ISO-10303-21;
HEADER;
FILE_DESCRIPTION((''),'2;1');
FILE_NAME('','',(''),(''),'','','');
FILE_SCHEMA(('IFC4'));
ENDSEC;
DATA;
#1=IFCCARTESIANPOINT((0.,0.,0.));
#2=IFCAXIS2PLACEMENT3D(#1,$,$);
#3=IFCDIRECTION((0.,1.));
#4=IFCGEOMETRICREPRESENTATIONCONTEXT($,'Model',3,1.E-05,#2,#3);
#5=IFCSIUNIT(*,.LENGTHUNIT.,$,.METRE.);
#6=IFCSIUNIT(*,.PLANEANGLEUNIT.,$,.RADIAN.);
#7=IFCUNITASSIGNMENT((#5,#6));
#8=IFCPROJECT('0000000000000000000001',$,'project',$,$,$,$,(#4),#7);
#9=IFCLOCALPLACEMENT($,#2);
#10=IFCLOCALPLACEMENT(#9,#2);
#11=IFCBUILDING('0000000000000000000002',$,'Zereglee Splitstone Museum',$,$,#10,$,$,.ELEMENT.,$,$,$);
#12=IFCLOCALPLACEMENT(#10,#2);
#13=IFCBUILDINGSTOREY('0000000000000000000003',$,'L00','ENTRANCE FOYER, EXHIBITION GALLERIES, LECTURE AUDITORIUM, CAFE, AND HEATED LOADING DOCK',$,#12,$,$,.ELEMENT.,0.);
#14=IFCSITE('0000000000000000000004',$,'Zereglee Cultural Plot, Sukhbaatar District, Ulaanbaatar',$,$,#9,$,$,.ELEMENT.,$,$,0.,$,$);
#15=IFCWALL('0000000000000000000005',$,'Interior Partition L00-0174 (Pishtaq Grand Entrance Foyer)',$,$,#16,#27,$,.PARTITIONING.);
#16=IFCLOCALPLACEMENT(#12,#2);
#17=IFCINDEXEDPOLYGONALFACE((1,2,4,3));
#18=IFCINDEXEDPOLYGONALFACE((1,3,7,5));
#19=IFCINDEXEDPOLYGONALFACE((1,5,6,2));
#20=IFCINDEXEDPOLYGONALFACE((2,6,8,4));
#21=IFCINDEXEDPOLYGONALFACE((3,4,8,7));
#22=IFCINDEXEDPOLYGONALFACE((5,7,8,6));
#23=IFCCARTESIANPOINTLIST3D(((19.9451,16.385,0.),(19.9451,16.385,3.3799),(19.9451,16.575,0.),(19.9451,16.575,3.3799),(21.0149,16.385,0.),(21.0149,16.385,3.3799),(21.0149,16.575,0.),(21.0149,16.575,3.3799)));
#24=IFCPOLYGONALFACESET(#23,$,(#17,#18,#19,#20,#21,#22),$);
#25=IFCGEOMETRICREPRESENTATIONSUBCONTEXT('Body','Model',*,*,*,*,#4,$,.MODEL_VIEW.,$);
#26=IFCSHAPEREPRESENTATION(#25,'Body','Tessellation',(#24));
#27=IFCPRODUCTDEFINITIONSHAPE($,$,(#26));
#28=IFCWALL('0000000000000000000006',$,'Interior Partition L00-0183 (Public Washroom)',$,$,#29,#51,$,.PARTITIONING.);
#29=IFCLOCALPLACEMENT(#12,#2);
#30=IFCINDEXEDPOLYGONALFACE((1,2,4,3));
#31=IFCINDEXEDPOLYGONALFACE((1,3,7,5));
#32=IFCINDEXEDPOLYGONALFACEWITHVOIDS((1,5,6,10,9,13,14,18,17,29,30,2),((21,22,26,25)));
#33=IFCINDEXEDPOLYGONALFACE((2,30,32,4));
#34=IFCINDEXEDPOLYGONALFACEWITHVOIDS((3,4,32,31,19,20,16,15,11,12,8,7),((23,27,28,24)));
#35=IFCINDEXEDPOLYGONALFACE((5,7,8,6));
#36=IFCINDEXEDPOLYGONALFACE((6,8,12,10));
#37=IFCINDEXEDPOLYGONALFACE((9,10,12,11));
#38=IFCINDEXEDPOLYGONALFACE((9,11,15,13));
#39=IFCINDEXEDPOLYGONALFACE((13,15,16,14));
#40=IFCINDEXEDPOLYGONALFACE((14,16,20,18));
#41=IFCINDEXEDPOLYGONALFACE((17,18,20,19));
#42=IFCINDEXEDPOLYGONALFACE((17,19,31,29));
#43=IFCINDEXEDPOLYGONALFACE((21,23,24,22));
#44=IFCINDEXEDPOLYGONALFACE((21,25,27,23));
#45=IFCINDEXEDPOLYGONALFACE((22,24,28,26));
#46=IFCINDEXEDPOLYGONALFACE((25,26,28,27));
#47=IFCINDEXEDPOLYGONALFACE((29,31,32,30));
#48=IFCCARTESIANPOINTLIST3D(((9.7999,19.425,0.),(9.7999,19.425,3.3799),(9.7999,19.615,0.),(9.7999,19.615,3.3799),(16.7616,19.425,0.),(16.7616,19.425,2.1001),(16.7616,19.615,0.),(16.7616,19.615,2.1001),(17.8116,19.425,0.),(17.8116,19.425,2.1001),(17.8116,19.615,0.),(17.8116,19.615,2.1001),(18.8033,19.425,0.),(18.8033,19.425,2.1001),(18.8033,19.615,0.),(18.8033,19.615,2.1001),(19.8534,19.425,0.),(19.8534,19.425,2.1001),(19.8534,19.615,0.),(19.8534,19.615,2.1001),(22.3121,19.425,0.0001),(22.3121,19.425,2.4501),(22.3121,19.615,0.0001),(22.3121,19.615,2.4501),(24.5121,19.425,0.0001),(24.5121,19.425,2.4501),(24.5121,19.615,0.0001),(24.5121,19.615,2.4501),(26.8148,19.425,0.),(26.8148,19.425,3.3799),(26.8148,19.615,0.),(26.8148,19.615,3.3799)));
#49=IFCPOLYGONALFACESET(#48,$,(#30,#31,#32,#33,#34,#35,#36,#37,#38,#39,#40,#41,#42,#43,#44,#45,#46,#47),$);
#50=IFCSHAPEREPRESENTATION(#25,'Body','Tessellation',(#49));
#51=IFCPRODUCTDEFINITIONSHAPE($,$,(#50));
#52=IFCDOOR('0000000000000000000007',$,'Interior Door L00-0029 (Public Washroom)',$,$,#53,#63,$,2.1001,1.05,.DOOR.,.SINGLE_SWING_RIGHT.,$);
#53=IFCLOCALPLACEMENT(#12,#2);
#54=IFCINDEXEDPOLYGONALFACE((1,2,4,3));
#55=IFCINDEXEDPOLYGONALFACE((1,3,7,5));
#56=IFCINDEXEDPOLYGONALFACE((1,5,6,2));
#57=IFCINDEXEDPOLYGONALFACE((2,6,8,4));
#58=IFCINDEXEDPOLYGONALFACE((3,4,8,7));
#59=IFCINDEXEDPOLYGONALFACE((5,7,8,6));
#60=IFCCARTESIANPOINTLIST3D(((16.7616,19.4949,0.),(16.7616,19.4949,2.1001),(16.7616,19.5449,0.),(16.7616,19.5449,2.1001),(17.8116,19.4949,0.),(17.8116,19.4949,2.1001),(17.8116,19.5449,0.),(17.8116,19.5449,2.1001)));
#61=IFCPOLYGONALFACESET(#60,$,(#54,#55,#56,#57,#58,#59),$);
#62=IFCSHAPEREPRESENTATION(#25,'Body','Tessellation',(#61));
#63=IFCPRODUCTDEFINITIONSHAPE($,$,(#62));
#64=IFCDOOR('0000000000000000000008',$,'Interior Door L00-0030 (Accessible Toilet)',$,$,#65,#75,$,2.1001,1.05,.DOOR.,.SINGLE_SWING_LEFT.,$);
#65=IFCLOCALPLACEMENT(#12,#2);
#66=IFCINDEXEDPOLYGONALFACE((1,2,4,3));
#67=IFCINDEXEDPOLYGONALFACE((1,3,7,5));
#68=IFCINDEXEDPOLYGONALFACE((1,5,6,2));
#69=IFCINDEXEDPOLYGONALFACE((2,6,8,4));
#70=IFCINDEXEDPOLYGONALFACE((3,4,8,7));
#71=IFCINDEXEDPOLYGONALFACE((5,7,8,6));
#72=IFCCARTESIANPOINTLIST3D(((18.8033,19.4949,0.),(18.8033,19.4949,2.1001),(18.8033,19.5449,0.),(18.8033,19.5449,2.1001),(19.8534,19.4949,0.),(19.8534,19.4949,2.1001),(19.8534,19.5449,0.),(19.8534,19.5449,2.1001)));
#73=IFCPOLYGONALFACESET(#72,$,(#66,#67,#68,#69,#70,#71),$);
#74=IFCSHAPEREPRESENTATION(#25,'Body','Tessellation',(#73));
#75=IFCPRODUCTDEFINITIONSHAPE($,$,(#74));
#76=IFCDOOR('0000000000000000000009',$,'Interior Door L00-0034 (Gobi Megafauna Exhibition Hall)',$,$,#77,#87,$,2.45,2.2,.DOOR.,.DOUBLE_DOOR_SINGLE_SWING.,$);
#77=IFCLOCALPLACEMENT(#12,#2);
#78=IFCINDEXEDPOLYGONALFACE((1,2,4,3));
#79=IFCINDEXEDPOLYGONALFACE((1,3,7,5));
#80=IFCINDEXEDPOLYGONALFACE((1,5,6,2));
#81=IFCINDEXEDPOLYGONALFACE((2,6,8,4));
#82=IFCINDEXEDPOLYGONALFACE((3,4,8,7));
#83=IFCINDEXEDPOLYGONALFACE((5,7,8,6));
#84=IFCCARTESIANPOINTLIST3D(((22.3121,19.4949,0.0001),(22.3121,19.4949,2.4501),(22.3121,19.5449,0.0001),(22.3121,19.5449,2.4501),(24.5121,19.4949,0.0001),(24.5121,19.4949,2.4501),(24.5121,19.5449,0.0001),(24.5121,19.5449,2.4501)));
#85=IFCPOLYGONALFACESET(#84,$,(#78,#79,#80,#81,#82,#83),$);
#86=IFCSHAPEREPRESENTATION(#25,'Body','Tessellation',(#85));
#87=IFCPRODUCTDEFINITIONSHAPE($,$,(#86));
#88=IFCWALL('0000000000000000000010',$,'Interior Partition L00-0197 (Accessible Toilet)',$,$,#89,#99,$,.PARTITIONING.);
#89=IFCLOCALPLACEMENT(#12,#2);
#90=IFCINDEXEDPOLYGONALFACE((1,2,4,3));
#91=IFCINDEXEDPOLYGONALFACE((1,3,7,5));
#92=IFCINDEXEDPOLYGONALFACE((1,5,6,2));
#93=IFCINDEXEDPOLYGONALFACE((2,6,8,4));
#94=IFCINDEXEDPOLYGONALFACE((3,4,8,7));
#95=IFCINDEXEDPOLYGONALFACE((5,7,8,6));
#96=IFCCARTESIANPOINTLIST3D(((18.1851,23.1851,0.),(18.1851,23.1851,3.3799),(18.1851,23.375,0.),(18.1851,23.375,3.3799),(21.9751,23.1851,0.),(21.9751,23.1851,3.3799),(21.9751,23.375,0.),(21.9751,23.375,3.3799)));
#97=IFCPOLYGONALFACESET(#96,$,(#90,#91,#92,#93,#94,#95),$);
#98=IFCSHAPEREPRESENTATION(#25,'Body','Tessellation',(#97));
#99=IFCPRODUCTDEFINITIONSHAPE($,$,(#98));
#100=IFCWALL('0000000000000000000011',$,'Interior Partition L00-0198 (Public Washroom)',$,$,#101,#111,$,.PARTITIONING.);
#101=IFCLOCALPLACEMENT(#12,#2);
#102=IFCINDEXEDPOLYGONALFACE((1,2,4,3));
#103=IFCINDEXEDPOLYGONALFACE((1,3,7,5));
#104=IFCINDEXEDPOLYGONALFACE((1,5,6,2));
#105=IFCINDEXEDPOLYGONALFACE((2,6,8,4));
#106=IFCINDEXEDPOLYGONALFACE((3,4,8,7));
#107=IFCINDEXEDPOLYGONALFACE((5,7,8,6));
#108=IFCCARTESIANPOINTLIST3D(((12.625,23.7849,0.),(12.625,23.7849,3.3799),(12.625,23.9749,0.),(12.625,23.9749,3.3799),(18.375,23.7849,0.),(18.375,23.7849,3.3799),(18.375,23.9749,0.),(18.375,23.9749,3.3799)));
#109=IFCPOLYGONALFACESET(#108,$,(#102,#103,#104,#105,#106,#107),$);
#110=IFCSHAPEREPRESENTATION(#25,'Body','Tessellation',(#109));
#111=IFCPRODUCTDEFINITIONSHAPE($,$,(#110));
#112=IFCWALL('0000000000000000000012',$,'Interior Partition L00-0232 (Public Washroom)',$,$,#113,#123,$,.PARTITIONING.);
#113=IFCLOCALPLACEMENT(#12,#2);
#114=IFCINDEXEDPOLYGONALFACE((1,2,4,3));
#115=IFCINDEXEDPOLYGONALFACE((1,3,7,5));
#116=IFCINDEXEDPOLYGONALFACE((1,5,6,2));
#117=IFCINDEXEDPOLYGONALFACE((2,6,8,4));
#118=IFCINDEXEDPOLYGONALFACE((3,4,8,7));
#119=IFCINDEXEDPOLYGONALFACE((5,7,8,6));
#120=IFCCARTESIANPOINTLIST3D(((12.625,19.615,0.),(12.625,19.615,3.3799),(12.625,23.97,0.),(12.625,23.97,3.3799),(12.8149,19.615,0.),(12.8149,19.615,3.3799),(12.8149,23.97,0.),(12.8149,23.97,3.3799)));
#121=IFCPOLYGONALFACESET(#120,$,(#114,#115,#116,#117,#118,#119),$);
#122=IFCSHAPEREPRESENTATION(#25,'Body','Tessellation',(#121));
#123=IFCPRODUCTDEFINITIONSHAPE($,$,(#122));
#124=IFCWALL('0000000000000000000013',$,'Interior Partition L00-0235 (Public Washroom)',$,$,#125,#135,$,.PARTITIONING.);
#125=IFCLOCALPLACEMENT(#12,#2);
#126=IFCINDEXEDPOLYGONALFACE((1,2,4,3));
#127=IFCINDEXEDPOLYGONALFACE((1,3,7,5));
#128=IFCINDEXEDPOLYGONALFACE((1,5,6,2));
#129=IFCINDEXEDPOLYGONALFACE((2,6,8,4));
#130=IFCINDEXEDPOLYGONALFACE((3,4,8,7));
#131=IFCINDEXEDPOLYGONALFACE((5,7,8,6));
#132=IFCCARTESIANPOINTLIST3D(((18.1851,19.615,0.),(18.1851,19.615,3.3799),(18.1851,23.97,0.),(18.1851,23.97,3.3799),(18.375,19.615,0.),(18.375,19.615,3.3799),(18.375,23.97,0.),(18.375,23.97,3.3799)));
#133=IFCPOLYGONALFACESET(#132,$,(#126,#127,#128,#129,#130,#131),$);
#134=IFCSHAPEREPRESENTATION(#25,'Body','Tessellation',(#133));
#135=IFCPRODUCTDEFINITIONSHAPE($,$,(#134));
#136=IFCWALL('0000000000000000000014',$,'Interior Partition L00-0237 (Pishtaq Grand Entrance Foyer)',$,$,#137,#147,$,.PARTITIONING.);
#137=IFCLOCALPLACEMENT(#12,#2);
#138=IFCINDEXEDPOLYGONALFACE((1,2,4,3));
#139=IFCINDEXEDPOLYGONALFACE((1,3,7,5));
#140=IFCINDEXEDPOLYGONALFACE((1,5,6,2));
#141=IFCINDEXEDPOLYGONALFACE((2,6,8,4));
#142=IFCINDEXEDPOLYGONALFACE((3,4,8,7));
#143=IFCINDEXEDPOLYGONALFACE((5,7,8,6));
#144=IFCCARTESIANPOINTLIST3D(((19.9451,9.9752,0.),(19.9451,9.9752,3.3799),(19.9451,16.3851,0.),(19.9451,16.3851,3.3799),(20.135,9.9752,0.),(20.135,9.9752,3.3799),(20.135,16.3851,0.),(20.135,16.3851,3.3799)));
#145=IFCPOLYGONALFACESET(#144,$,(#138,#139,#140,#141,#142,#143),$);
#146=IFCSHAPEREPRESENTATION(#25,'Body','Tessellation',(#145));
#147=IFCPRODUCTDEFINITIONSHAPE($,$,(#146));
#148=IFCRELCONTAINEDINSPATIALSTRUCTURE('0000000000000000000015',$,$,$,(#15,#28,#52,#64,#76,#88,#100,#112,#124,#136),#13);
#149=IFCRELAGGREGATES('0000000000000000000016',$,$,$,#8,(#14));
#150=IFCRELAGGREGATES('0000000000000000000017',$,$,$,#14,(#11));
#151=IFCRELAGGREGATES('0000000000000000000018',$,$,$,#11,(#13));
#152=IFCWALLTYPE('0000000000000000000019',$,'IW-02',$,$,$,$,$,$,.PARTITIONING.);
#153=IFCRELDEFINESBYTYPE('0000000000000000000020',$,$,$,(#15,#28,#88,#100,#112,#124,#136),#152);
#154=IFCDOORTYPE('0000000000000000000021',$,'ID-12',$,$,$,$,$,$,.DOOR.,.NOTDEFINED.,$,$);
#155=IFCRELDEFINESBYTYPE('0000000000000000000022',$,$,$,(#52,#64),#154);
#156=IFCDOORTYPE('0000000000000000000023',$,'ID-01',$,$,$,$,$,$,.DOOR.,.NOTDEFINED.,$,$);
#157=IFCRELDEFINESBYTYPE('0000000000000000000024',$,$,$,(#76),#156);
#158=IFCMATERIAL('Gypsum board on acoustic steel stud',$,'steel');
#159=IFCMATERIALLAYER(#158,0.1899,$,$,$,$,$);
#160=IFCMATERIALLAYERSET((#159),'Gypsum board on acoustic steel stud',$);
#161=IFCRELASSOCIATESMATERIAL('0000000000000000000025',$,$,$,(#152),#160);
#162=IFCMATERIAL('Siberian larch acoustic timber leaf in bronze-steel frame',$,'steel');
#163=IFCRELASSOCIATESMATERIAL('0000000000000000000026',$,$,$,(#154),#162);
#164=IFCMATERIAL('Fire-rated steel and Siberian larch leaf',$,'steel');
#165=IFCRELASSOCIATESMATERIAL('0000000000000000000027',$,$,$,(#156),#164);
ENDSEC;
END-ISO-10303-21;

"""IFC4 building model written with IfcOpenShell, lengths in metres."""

from ifc_helpers import new_model, si_unit, direction, frame, frame_2d, origin, place, context, subcontext, project, spatial, rectangle, extrude, material, layer, layer_set, type_object, element, fill, save


model = new_model("IFC4")

# Units and contexts
model_context = context("Model", 3, precision=1e-05, world=origin(), true_north=direction((0.0, 1.0)))
body_context = subcontext(model_context, "Body", "Model", "MODEL_VIEW")
ifc_project = project(units=[si_unit("LENGTHUNIT", "METRE"), si_unit("PLANEANGLEUNIT", "RADIAN")], contexts=[model_context])

# Site, building, storey
site_placement = place(None, origin())
site = spatial("IfcSite", under=ifc_project, at=site_placement, Name="Zereglee Cultural Plot, Sukhbaatar District, Ulaanbaatar", CompositionType="ELEMENT", RefElevation=0.0)
building_placement = place(site_placement, origin())
building = spatial("IfcBuilding", under=site, at=building_placement, Name="Zereglee Splitstone Museum", CompositionType="ELEMENT")
storey_placement = place(building_placement, origin())
storey = spatial("IfcBuildingStorey", under=building, at=storey_placement, Name="L00", Description="ENTRANCE FOYER, EXHIBITION GALLERIES, LECTURE AUDITORIUM, CAFE, AND HEATED LOADING DOCK", CompositionType="ELEMENT", Elevation=0.0)

# Wall
ifc_material_1 = material(Name="Gypsum board on acoustic steel stud", Category="steel")
ifc_layer_1 = layer(ifc_material_1, 0.1899)
ifc_layer_set_1 = layer_set([ifc_layer_1], Name="Gypsum board on acoustic steel stud")
wall_type = type_object("IfcWallType", Name="IW-02", PredefinedType="PARTITIONING", material=ifc_layer_set_1)
wall_1_placement = place(storey_placement, frame((19.9451, 16.48, 0.0), z_axis=(0.0, 0.0, 1.0), x_axis=(1.0, 0.0, 0.0)))
element("IfcWall", 1, at=wall_1_placement, inside=storey, type_object=wall_type, Name="Interior Partition L00-0174 (Pishtaq Grand Entrance Foyer)", PredefinedType="PARTITIONING", context=body_context, shape_type="SweptSolid", body=[
    extrude(rectangle(XDim=1.0698, YDim=0.1899, at=frame_2d((0.5349, 0.0))), origin(), (0.0, 0.0, 1.0), 3.3799),
])

# Wall, openings, doors
wall_2_placement = place(storey_placement, frame((9.8, 19.52, 0.0), z_axis=(0.0, 0.0, 1.0), x_axis=(1.0, 0.0, 0.0)))
wall_2 = element("IfcWall", 2, at=wall_2_placement, inside=storey, type_object=wall_type, Name="Interior Partition L00-0183 (Public Washroom)", PredefinedType="PARTITIONING", context=body_context, shape_type="SweptSolid", body=[
    extrude(rectangle(XDim=17.0149, YDim=0.1899, at=frame_2d((8.5073, 0.0))), origin(), (0.0, 0.0, 1.0), 3.3799),
])
opening_1_placement = place(wall_2_placement, frame((6.9617, 0.0, 0.0)))
opening_1 = element("IfcOpeningElement", 3, at=opening_1_placement, cuts=wall_2, PredefinedType="OPENING", context=body_context, shape_type="SweptSolid", body=[
    extrude(rectangle(XDim=1.05, YDim=2.1001, at=frame_2d((0.5249, 1.05))), frame((0.0, 0.1099, 0.0), z_axis=(0.0, -1.0, 0.0), x_axis=(1.0, 0.0, 0.0)), (0.0, 0.0, 1.0), 0.2197),
])
opening_2_placement = place(wall_2_placement, frame((9.0034, 0.0, 0.0)))
opening_2 = element("IfcOpeningElement", 4, at=opening_2_placement, cuts=wall_2, PredefinedType="OPENING", context=body_context, shape_type="SweptSolid", body=[
    extrude(rectangle(XDim=1.05, YDim=2.1001, at=frame_2d((0.5249, 1.05))), frame((0.0, 0.1099, 0.0), z_axis=(0.0, -1.0, 0.0), x_axis=(1.0, 0.0, 0.0)), (0.0, 0.0, 1.0), 0.2197),
])
opening_3_placement = place(wall_2_placement, frame((12.512, 0.0, 0.0)))
opening_3 = element("IfcOpeningElement", 5, at=opening_3_placement, cuts=wall_2, PredefinedType="OPENING", context=body_context, shape_type="SweptSolid", body=[
    extrude(rectangle(XDim=2.2, YDim=2.45, at=frame_2d((1.1001, 1.2251))), frame((0.0, 0.1099, 0.0), z_axis=(0.0, -1.0, 0.0), x_axis=(1.0, 0.0, 0.0)), (0.0, 0.0, 1.0), 0.2197),
])
ifc_material_2 = material(Name="Siberian larch acoustic timber leaf in bronze-steel frame", Category="steel")
door_type_1 = type_object("IfcDoorType", Name="ID-12", OperationType="NOTDEFINED", PredefinedType="DOOR", material=ifc_material_2)
door_1_placement = place(opening_1_placement, origin())
door_1 = element("IfcDoor", 6, at=door_1_placement, inside=storey, type_object=door_type_1, Name="Interior Door L00-0029 (Public Washroom)", OperationType="SINGLE_SWING_RIGHT", OverallHeight=2.1001, OverallWidth=1.05, PredefinedType="DOOR", context=body_context, shape_type="SweptSolid", body=[
    extrude(rectangle(XDim=1.05, YDim=2.1001, at=frame_2d((0.5249, 1.05))), frame((0.0, 0.0249, 0.0), z_axis=(0.0, -1.0, 0.0), x_axis=(1.0, 0.0, 0.0)), (0.0, 0.0, 1.0), 0.05),
])
fill(opening_1, door_1)
door_2_placement = place(opening_2_placement, origin())
door_2 = element("IfcDoor", 7, at=door_2_placement, inside=storey, type_object=door_type_1, Name="Interior Door L00-0030 (Accessible Toilet)", OperationType="SINGLE_SWING_LEFT", OverallHeight=2.1001, OverallWidth=1.05, PredefinedType="DOOR", context=body_context, shape_type="SweptSolid", body=[
    extrude(rectangle(XDim=1.05, YDim=2.1001, at=frame_2d((0.5249, 1.05))), frame((0.0, 0.0249, 0.0), z_axis=(0.0, -1.0, 0.0), x_axis=(1.0, 0.0, 0.0)), (0.0, 0.0, 1.0), 0.05),
])
fill(opening_2, door_2)
ifc_material_3 = material(Name="Fire-rated steel and Siberian larch leaf", Category="steel")
door_type_2 = type_object("IfcDoorType", Name="ID-01", OperationType="NOTDEFINED", PredefinedType="DOOR", material=ifc_material_3)
door_3_placement = place(opening_3_placement, origin())
door_3 = element("IfcDoor", 8, at=door_3_placement, inside=storey, type_object=door_type_2, Name="Interior Door L00-0034 (Gobi Megafauna Exhibition Hall)", OperationType="DOUBLE_DOOR_SINGLE_SWING", OverallHeight=2.45, OverallWidth=2.2, PredefinedType="DOOR", context=body_context, shape_type="SweptSolid", body=[
    extrude(rectangle(XDim=2.2, YDim=2.45, at=frame_2d((1.1001, 1.2251))), frame((0.0, 0.0249, 0.0), z_axis=(0.0, -1.0, 0.0), x_axis=(1.0, 0.0, 0.0)), (0.0, 0.0, 1.0), 0.05),
])
fill(opening_3, door_3)

# Walls
wall_3_placement = place(storey_placement, frame((18.1851, 23.28, 0.0), z_axis=(0.0, 0.0, 1.0), x_axis=(1.0, 0.0, 0.0)))
element("IfcWall", 9, at=wall_3_placement, inside=storey, type_object=wall_type, Name="Interior Partition L00-0197 (Accessible Toilet)", PredefinedType="PARTITIONING", context=body_context, shape_type="SweptSolid", body=[
    extrude(rectangle(XDim=3.79, YDim=0.1899, at=frame_2d((1.895, 0.0))), origin(), (0.0, 0.0, 1.0), 3.3799),
])
wall_4_placement = place(storey_placement, frame((12.625, 23.8799, 0.0), z_axis=(0.0, 0.0, 1.0), x_axis=(1.0, 0.0, 0.0)))
element("IfcWall", 10, at=wall_4_placement, inside=storey, type_object=wall_type, Name="Interior Partition L00-0198 (Public Washroom)", PredefinedType="PARTITIONING", context=body_context, shape_type="SweptSolid", body=[
    extrude(rectangle(XDim=5.75, YDim=0.1899, at=frame_2d((2.875, 0.0))), origin(), (0.0, 0.0, 1.0), 3.3799),
])
for number, where, z_axis, x_axis, name in (
    (11, (12.72, 19.615, 0.0), (0.0, 0.0, 1.0), (0.0, 1.0, 0.0), "Interior Partition L00-0232 (Public Washroom)"),
    (12, (18.28, 19.615, 0.0), (0.0, 0.0, 1.0), (0.0, 1.0, 0.0), "Interior Partition L00-0235 (Public Washroom)"),
):
    element("IfcWall", number, at=place(storey_placement, frame(where, z_axis=z_axis, x_axis=x_axis)), inside=storey, type_object=wall_type, Name=name, PredefinedType="PARTITIONING", context=body_context, shape_type="SweptSolid", body=[
        extrude(rectangle(XDim=4.355, YDim=0.1899, at=frame_2d((2.1775, 0.0))), origin(), (0.0, 0.0, 1.0), 3.3799),
    ])
wall_5_placement = place(storey_placement, frame((20.04, 9.9751, 0.0), z_axis=(0.0, 0.0, 1.0), x_axis=(0.0, 1.0, 0.0)))
element("IfcWall", 13, at=wall_5_placement, inside=storey, type_object=wall_type, Name="Interior Partition L00-0237 (Pishtaq Grand Entrance Foyer)", PredefinedType="PARTITIONING", context=body_context, shape_type="SweptSolid", body=[
    extrude(rectangle(XDim=6.4099, YDim=0.1899, at=frame_2d((3.2051, 0.0))), origin(), (0.0, 0.0, 1.0), 3.3799),
])

save(model, "model.ifc")
